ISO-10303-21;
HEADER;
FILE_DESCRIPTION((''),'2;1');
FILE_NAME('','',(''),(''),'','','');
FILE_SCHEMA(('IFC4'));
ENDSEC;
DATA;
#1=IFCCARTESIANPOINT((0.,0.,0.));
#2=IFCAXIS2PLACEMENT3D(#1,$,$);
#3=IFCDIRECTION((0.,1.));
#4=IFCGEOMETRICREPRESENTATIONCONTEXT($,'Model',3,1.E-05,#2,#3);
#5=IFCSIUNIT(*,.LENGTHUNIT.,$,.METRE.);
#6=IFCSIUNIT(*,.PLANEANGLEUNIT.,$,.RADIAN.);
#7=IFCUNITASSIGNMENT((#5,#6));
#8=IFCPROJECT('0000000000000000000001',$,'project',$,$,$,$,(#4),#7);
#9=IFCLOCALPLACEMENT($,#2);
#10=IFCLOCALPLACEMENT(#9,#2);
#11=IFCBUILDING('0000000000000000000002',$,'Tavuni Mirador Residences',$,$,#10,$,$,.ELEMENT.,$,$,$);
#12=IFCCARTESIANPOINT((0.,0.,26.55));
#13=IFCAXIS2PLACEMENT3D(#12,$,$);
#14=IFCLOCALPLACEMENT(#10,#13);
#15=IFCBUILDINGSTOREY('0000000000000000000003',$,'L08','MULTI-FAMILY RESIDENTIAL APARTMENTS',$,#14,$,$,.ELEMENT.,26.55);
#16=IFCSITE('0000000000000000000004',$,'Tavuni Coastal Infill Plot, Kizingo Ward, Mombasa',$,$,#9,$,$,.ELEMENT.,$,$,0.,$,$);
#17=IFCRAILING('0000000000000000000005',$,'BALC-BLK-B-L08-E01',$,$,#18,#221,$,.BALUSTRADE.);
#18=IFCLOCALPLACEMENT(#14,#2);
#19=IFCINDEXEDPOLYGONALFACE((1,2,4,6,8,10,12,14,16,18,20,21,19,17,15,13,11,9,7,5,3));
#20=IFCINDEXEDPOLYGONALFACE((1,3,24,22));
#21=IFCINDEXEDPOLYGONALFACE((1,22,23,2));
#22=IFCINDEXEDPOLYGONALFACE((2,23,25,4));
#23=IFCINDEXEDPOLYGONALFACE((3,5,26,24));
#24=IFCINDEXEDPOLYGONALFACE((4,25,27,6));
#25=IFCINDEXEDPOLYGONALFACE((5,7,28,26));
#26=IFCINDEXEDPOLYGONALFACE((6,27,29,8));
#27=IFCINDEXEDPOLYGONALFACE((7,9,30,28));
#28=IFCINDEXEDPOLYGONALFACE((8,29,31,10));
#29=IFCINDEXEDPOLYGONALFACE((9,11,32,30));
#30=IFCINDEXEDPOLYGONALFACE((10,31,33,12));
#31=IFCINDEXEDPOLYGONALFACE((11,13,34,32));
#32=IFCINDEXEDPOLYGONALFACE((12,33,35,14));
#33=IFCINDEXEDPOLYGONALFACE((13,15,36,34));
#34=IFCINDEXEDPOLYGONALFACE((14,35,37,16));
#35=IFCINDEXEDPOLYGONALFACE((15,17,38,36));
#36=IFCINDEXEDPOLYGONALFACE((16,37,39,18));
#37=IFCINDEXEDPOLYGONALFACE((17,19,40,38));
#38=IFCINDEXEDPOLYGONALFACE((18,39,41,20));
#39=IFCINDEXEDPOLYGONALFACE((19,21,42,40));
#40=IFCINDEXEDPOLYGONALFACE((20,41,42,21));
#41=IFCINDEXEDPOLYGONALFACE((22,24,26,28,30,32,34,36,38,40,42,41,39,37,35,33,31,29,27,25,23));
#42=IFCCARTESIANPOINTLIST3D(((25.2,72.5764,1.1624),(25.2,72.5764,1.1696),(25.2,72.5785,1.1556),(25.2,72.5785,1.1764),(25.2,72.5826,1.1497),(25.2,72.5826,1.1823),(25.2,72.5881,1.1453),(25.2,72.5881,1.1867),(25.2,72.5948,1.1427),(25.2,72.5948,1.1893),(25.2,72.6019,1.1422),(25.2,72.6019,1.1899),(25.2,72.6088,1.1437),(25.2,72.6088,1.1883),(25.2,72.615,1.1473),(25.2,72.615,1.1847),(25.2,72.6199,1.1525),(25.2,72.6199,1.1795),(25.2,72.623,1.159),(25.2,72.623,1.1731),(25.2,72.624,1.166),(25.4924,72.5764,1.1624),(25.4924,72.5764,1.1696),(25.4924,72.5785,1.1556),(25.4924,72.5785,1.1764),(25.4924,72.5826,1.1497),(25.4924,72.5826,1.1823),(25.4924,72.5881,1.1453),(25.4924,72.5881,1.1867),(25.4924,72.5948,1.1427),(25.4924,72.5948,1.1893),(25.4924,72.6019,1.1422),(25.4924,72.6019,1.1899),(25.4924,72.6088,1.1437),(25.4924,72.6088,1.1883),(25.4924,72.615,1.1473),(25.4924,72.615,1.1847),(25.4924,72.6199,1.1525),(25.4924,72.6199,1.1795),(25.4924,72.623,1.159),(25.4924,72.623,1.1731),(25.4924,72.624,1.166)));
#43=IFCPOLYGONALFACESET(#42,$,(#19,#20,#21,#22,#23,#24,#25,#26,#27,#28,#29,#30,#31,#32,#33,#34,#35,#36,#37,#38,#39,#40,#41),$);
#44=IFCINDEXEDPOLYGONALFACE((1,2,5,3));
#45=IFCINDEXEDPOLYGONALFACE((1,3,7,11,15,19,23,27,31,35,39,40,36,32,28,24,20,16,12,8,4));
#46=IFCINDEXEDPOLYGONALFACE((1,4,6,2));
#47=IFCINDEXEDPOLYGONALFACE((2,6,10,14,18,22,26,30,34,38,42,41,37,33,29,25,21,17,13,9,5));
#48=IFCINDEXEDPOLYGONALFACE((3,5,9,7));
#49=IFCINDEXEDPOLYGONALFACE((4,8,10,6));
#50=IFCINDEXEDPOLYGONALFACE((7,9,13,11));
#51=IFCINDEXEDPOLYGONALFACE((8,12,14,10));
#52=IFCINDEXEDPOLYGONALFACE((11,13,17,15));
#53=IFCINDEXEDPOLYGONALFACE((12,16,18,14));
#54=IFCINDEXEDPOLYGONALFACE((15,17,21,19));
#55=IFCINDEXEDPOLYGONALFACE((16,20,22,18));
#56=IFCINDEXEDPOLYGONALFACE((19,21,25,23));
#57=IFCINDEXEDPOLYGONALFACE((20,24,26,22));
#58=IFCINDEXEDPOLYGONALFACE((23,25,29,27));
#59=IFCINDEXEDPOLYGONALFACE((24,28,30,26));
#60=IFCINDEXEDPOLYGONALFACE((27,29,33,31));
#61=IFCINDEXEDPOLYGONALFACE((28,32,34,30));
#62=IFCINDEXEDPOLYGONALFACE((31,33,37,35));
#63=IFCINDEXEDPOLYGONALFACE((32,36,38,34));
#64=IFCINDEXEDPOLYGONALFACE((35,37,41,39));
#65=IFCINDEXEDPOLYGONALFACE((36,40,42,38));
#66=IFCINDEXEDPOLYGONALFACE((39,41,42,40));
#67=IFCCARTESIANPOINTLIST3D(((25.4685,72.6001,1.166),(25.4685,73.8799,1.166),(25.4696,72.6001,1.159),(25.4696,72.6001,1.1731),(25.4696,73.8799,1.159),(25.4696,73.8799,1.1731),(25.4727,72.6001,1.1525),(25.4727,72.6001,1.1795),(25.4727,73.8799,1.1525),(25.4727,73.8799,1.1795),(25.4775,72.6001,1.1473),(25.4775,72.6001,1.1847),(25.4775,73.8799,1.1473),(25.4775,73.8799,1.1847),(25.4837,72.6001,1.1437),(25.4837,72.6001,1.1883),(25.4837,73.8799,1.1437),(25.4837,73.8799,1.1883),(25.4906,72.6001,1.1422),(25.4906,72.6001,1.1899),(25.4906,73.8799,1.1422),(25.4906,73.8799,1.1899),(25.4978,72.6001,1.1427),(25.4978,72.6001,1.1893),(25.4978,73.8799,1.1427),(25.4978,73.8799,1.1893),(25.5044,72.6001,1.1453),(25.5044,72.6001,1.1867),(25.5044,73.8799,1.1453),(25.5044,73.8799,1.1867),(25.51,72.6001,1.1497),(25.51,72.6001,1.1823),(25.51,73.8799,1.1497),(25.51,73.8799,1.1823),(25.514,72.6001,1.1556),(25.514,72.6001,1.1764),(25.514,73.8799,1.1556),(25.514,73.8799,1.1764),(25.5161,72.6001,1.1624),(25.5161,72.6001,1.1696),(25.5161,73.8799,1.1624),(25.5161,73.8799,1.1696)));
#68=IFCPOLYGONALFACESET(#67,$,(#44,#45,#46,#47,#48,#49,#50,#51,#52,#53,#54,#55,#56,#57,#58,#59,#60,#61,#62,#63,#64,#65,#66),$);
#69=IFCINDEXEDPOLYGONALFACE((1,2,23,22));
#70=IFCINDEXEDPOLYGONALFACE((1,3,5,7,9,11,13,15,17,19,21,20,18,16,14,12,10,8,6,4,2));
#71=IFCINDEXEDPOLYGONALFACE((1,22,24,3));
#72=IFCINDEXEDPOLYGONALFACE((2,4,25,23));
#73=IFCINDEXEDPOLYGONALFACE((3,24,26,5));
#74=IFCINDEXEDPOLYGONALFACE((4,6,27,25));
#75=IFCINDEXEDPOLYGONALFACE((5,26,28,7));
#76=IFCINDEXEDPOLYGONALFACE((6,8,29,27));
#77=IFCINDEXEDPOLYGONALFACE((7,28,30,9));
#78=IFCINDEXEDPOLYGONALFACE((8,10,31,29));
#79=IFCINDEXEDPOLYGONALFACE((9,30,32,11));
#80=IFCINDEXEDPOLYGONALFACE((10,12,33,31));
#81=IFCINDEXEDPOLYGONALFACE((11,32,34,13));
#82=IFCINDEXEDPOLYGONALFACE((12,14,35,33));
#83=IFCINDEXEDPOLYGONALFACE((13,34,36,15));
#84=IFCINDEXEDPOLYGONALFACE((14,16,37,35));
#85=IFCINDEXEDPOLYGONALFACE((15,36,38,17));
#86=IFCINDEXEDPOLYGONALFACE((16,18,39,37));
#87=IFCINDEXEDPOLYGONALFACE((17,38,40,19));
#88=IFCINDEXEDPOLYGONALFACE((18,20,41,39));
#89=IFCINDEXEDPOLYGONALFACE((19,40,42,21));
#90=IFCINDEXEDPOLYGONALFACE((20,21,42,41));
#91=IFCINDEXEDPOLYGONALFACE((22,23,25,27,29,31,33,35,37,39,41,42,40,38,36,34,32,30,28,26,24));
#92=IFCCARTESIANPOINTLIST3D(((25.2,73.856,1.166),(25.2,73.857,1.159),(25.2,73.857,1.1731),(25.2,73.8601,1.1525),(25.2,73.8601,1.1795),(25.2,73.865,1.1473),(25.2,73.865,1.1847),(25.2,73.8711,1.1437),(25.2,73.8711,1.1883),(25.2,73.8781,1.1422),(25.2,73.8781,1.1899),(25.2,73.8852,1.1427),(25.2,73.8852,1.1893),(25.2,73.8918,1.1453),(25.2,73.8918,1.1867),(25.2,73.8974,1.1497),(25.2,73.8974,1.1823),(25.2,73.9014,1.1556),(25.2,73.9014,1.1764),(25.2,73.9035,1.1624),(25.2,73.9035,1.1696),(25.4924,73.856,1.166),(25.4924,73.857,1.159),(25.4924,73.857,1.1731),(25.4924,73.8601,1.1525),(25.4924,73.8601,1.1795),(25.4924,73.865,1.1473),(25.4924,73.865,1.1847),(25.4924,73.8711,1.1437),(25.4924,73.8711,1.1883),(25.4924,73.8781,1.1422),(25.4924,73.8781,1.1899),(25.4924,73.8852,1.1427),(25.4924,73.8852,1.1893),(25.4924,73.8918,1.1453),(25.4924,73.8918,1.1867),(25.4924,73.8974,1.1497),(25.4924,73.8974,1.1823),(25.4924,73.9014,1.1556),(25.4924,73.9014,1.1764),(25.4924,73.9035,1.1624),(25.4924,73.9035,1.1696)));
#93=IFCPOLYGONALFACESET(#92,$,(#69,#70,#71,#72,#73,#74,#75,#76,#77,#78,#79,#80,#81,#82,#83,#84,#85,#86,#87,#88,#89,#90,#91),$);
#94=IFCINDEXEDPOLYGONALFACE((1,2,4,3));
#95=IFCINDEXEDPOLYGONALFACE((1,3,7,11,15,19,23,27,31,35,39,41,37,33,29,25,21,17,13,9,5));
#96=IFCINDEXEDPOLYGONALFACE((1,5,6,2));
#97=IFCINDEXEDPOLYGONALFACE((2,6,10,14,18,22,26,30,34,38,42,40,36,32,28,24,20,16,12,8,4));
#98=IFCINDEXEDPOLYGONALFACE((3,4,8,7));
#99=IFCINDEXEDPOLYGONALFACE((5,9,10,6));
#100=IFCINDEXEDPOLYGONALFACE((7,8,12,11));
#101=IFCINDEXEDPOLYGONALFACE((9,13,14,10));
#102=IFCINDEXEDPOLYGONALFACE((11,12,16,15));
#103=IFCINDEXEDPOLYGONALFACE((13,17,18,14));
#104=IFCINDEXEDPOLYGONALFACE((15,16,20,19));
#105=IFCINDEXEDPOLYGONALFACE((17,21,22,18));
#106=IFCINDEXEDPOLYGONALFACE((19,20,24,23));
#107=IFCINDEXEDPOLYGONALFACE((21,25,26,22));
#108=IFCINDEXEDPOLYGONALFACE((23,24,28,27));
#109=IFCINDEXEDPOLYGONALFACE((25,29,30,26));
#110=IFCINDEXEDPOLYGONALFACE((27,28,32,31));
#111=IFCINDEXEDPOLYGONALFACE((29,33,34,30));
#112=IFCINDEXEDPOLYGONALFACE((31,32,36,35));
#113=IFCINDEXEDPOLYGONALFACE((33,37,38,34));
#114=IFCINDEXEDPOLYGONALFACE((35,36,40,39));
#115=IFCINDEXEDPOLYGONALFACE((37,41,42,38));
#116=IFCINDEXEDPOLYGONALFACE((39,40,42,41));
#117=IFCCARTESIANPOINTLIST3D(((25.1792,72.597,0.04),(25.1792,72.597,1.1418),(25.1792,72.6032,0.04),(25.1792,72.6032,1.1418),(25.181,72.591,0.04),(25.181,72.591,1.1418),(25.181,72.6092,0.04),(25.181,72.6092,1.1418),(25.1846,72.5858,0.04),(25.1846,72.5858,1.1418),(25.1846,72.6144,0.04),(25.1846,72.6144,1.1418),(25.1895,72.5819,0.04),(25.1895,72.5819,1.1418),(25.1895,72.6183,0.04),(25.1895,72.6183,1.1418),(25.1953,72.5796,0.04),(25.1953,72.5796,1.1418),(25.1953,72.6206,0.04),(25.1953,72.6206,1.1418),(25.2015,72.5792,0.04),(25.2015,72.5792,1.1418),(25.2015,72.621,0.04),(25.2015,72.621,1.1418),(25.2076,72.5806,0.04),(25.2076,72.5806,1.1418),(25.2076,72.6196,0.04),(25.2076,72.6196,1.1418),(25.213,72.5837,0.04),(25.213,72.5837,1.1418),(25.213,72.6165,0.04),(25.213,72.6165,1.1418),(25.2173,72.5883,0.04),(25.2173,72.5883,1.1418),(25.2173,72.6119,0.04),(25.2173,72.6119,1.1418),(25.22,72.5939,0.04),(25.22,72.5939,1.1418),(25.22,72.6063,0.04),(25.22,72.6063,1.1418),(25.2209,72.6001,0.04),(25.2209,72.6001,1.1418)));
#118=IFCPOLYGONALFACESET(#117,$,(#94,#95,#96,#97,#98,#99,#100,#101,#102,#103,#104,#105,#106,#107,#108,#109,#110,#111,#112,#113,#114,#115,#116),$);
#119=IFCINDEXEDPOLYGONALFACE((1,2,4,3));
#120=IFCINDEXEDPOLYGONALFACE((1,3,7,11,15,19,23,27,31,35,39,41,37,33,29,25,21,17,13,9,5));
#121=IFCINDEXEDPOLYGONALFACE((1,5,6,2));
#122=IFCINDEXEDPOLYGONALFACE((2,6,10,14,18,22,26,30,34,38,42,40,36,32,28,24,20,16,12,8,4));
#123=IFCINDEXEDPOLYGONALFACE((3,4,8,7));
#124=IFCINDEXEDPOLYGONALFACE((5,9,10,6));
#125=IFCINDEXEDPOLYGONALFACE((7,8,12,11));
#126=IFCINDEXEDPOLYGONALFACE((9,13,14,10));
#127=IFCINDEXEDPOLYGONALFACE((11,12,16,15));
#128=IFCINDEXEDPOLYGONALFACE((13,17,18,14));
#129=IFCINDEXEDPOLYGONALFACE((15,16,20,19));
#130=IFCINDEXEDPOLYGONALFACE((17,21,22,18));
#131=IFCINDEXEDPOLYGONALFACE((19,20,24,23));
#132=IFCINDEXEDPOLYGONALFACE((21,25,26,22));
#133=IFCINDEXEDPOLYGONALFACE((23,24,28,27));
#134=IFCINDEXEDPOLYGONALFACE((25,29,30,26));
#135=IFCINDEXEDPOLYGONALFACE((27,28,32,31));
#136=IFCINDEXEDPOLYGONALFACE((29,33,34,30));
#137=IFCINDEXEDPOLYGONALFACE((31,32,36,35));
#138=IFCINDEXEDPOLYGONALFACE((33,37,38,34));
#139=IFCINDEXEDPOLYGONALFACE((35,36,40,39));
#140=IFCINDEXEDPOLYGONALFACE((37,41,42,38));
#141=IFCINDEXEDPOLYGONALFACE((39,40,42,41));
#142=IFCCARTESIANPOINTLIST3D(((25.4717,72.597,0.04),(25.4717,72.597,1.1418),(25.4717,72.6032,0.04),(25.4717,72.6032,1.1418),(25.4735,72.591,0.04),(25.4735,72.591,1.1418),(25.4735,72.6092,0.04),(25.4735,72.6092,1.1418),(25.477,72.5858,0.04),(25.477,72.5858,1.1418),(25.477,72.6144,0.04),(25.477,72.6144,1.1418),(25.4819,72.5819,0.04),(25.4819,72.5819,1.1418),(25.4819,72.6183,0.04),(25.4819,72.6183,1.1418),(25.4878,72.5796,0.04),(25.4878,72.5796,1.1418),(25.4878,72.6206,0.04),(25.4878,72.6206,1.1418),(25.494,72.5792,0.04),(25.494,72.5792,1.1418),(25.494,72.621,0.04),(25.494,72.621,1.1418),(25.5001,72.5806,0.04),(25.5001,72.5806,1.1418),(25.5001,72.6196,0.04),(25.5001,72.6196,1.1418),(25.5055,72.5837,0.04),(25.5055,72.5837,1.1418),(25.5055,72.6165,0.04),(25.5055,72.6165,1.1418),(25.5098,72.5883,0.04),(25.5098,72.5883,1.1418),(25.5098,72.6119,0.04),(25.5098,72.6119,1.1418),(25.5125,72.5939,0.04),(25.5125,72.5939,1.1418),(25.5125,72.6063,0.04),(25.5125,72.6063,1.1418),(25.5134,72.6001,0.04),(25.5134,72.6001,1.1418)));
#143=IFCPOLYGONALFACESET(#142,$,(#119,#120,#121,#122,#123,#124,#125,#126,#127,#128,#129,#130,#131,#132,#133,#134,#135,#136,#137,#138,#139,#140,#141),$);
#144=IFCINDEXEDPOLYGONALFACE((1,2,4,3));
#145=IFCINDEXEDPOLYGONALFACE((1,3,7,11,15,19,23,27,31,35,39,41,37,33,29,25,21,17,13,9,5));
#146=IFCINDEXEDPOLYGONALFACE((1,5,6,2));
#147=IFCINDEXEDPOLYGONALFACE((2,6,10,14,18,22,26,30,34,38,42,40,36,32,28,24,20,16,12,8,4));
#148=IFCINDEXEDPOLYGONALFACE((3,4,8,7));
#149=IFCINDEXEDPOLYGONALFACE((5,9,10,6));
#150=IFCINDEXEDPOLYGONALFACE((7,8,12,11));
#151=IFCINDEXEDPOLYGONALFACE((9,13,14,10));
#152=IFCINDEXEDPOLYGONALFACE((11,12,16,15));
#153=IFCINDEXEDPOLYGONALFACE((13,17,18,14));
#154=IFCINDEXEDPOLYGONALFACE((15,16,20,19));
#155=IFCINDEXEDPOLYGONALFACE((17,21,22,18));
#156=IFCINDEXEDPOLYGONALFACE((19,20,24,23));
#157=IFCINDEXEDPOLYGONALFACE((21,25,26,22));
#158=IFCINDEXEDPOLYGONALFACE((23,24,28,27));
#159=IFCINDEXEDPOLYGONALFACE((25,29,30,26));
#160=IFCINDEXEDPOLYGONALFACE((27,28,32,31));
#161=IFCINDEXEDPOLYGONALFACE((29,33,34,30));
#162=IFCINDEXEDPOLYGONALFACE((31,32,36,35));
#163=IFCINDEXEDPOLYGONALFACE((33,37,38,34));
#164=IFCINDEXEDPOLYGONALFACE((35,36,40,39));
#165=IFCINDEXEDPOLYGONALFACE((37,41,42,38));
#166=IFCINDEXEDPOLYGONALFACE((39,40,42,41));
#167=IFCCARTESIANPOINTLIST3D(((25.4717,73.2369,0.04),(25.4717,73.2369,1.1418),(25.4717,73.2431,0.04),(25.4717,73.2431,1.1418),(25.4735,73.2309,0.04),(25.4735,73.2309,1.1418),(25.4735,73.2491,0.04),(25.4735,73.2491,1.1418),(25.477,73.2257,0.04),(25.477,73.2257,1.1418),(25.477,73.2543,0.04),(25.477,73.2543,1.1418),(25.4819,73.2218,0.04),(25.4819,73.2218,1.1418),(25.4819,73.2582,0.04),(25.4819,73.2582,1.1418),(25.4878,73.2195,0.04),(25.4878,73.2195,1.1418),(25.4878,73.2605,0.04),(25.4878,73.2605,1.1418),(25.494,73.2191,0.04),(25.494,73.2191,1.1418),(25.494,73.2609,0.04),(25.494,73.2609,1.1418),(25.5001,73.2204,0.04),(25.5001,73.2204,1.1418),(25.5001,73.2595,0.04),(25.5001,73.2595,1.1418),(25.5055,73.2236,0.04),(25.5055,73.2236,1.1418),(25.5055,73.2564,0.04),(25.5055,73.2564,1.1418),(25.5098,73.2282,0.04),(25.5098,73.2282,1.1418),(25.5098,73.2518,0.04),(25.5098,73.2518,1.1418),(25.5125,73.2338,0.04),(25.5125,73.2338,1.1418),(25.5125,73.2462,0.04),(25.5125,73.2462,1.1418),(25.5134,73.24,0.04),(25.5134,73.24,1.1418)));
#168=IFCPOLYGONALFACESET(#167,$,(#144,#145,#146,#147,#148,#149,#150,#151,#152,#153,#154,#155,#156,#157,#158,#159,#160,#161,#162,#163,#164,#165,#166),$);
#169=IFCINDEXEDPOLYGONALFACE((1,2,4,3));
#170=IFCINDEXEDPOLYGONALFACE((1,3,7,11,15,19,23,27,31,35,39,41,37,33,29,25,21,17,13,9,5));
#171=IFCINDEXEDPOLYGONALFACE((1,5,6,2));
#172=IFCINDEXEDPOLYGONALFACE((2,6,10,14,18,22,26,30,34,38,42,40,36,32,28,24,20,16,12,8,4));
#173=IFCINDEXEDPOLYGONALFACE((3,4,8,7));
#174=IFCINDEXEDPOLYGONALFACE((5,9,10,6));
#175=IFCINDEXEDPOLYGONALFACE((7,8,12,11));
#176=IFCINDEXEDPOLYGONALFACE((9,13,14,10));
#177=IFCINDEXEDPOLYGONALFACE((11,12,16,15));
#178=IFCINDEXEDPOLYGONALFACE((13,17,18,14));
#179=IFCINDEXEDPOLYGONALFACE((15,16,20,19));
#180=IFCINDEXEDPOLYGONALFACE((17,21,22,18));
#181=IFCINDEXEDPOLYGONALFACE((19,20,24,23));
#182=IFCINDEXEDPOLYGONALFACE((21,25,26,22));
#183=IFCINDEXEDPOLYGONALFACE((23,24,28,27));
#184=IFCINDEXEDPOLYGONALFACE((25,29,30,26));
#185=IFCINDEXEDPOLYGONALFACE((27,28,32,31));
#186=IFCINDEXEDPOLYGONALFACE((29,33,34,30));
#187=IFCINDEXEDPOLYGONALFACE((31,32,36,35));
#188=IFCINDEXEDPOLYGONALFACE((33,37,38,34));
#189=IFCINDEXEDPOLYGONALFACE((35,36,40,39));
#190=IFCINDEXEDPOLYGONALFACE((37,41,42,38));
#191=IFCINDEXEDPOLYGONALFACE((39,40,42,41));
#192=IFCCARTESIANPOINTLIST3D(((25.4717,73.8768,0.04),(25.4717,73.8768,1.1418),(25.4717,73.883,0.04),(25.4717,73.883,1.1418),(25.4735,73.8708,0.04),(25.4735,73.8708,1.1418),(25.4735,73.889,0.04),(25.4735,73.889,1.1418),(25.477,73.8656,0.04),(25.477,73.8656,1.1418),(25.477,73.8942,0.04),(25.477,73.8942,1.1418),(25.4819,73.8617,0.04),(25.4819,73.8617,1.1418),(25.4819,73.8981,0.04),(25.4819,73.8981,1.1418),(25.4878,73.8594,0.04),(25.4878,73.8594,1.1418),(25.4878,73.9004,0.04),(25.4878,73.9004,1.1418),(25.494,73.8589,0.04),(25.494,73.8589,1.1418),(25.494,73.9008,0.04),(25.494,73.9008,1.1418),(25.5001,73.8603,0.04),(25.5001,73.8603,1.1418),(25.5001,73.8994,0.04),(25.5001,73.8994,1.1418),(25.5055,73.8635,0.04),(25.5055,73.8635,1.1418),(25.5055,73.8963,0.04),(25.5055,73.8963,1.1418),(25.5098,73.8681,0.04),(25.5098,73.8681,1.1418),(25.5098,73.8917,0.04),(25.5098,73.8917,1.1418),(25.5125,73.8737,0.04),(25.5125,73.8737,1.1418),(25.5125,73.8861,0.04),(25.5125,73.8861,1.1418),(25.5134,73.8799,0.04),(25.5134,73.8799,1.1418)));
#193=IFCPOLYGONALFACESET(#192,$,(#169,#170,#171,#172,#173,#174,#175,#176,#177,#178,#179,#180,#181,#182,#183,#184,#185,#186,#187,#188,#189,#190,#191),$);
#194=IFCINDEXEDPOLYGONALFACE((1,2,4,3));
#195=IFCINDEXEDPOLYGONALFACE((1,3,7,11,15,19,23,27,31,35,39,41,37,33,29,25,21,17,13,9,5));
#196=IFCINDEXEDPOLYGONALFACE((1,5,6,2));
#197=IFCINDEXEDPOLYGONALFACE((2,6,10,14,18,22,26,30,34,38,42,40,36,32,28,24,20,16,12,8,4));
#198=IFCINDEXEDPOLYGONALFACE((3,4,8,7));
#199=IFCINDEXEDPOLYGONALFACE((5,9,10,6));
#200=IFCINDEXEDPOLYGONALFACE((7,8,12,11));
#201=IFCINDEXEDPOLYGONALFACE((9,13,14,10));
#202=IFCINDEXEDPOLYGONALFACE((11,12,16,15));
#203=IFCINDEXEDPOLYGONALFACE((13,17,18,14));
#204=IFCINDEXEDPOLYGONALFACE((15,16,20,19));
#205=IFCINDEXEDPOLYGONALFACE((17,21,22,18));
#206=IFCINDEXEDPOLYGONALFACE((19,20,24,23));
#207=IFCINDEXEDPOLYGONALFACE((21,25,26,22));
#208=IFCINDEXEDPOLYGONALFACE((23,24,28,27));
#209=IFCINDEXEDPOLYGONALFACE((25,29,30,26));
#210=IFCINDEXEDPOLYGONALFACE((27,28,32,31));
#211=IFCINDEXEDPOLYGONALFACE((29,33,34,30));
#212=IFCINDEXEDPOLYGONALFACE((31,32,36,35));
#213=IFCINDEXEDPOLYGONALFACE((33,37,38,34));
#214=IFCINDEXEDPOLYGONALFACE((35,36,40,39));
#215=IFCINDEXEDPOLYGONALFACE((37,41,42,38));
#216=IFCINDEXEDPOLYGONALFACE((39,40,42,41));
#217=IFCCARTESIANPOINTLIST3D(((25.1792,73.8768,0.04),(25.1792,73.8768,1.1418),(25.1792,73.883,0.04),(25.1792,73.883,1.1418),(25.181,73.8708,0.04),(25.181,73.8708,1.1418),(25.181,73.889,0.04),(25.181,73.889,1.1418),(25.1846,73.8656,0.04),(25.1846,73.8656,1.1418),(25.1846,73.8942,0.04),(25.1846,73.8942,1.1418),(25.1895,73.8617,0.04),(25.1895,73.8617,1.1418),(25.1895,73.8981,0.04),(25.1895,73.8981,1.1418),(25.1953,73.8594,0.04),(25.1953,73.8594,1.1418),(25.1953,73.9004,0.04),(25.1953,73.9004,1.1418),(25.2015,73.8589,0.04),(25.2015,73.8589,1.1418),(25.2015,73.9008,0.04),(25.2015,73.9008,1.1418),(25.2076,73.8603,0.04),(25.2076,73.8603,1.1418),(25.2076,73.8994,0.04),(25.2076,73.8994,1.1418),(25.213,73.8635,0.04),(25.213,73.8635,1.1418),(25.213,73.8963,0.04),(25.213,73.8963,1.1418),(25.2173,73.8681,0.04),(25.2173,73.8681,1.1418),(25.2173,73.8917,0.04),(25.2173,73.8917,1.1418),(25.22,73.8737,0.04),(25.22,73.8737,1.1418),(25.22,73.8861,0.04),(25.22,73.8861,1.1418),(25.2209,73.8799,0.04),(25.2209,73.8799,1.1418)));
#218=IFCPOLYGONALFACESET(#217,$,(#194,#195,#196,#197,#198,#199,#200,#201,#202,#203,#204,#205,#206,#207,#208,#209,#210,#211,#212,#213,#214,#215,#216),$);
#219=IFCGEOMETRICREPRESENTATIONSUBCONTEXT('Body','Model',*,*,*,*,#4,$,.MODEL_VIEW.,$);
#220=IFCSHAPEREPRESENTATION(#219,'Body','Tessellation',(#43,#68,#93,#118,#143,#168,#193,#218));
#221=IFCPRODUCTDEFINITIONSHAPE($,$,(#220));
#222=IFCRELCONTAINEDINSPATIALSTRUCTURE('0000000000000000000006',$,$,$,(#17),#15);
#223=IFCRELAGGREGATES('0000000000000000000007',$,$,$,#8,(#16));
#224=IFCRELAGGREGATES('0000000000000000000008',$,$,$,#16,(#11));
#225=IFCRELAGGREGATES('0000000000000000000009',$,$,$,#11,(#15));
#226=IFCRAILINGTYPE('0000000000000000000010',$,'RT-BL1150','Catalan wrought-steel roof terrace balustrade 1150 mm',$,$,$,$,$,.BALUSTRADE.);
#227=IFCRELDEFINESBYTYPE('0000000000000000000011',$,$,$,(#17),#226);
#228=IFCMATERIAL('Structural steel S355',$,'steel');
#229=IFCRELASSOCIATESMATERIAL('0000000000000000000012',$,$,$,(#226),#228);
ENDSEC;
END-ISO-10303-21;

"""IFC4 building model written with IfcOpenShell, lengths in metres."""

from ifc_helpers import new_model, si_unit, direction, frame, origin, origin_2d, place, context, subcontext, project, spatial, circle, extrude, material, type_object, element, save


model = new_model("IFC4")

# Units and contexts
model_context = context("Model", 3, precision=1e-05, world=origin(), true_north=direction((0.0, 1.0)))
body_context = subcontext(model_context, "Body", "Model", "MODEL_VIEW")
ifc_project = project(units=[si_unit("LENGTHUNIT", "METRE"), si_unit("PLANEANGLEUNIT", "RADIAN")], contexts=[model_context])

# Site, building, storey
site_placement = place(None, origin())
site = spatial("IfcSite", under=ifc_project, at=site_placement, Name="Tavuni Coastal Infill Plot, Kizingo Ward, Mombasa", CompositionType="ELEMENT", RefElevation=0.0)
building_placement = place(site_placement, origin())
building = spatial("IfcBuilding", under=site, at=building_placement, Name="Tavuni Mirador Residences", CompositionType="ELEMENT")
storey_placement = place(building_placement, frame((0.0, 0.0, 26.55)))
storey = spatial("IfcBuildingStorey", under=building, at=storey_placement, Name="L08", Description="MULTI-FAMILY RESIDENTIAL APARTMENTS", CompositionType="ELEMENT", Elevation=26.55)

# Railing
ifc_material_1 = material(Name="Structural steel S355", Category="steel")
railing_type = type_object("IfcRailingType", Name="RT-BL1150", Description="Catalan wrought-steel roof terrace balustrade 1150 mm", PredefinedType="BALUSTRADE", material=ifc_material_1)
railing_placement = place(storey_placement, frame((25.2, 72.6001, 0.04)))
element("IfcRailing", 1, at=railing_placement, inside=storey, type_object=railing_type, Name="BALC-BLK-B-L08-E01", PredefinedType="BALUSTRADE", context=body_context, shape_type="SweptSolid", body=[
    extrude(circle(Radius=0.0239, at=origin_2d()), frame((0.0, 0.0, 1.126), z_axis=(1.0, 0.0, 0.0), x_axis=(0.0, 1.0, 0.0)), (0.0, 0.0, 1.0), 0.2925),
    extrude(circle(Radius=0.0239, at=origin_2d()), frame((0.2925, 0.0, 1.126), z_axis=(0.0, 1.0, 0.0), x_axis=(-1.0, 0.0, 0.0)), (0.0, 0.0, 1.0), 1.2798),
    extrude(circle(Radius=0.0239, at=origin_2d()), frame((0.2925, 1.2798, 1.126), z_axis=(-1.0, 0.0, 0.0), x_axis=(0.0, -1.0, 0.0)), (0.0, 0.0, 1.0), 0.2925),
    extrude(circle(Radius=0.021, at=origin_2d()), origin(), (0.0, 0.0, 1.0), 1.1018),
    extrude(circle(Radius=0.021, at=origin_2d()), frame((0.2925, 0.0, 0.0)), (0.0, 0.0, 1.0), 1.1018),
    extrude(circle(Radius=0.021, at=origin_2d()), frame((0.2925, 0.6399, 0.0)), (0.0, 0.0, 1.0), 1.1018),
    extrude(circle(Radius=0.021, at=origin_2d()), frame((0.2925, 1.2798, 0.0)), (0.0, 0.0, 1.0), 1.1018),
    extrude(circle(Radius=0.021, at=origin_2d()), frame((0.0, 1.2798, 0.0)), (0.0, 0.0, 1.0), 1.1018),
])

save(model, "model.ifc")
